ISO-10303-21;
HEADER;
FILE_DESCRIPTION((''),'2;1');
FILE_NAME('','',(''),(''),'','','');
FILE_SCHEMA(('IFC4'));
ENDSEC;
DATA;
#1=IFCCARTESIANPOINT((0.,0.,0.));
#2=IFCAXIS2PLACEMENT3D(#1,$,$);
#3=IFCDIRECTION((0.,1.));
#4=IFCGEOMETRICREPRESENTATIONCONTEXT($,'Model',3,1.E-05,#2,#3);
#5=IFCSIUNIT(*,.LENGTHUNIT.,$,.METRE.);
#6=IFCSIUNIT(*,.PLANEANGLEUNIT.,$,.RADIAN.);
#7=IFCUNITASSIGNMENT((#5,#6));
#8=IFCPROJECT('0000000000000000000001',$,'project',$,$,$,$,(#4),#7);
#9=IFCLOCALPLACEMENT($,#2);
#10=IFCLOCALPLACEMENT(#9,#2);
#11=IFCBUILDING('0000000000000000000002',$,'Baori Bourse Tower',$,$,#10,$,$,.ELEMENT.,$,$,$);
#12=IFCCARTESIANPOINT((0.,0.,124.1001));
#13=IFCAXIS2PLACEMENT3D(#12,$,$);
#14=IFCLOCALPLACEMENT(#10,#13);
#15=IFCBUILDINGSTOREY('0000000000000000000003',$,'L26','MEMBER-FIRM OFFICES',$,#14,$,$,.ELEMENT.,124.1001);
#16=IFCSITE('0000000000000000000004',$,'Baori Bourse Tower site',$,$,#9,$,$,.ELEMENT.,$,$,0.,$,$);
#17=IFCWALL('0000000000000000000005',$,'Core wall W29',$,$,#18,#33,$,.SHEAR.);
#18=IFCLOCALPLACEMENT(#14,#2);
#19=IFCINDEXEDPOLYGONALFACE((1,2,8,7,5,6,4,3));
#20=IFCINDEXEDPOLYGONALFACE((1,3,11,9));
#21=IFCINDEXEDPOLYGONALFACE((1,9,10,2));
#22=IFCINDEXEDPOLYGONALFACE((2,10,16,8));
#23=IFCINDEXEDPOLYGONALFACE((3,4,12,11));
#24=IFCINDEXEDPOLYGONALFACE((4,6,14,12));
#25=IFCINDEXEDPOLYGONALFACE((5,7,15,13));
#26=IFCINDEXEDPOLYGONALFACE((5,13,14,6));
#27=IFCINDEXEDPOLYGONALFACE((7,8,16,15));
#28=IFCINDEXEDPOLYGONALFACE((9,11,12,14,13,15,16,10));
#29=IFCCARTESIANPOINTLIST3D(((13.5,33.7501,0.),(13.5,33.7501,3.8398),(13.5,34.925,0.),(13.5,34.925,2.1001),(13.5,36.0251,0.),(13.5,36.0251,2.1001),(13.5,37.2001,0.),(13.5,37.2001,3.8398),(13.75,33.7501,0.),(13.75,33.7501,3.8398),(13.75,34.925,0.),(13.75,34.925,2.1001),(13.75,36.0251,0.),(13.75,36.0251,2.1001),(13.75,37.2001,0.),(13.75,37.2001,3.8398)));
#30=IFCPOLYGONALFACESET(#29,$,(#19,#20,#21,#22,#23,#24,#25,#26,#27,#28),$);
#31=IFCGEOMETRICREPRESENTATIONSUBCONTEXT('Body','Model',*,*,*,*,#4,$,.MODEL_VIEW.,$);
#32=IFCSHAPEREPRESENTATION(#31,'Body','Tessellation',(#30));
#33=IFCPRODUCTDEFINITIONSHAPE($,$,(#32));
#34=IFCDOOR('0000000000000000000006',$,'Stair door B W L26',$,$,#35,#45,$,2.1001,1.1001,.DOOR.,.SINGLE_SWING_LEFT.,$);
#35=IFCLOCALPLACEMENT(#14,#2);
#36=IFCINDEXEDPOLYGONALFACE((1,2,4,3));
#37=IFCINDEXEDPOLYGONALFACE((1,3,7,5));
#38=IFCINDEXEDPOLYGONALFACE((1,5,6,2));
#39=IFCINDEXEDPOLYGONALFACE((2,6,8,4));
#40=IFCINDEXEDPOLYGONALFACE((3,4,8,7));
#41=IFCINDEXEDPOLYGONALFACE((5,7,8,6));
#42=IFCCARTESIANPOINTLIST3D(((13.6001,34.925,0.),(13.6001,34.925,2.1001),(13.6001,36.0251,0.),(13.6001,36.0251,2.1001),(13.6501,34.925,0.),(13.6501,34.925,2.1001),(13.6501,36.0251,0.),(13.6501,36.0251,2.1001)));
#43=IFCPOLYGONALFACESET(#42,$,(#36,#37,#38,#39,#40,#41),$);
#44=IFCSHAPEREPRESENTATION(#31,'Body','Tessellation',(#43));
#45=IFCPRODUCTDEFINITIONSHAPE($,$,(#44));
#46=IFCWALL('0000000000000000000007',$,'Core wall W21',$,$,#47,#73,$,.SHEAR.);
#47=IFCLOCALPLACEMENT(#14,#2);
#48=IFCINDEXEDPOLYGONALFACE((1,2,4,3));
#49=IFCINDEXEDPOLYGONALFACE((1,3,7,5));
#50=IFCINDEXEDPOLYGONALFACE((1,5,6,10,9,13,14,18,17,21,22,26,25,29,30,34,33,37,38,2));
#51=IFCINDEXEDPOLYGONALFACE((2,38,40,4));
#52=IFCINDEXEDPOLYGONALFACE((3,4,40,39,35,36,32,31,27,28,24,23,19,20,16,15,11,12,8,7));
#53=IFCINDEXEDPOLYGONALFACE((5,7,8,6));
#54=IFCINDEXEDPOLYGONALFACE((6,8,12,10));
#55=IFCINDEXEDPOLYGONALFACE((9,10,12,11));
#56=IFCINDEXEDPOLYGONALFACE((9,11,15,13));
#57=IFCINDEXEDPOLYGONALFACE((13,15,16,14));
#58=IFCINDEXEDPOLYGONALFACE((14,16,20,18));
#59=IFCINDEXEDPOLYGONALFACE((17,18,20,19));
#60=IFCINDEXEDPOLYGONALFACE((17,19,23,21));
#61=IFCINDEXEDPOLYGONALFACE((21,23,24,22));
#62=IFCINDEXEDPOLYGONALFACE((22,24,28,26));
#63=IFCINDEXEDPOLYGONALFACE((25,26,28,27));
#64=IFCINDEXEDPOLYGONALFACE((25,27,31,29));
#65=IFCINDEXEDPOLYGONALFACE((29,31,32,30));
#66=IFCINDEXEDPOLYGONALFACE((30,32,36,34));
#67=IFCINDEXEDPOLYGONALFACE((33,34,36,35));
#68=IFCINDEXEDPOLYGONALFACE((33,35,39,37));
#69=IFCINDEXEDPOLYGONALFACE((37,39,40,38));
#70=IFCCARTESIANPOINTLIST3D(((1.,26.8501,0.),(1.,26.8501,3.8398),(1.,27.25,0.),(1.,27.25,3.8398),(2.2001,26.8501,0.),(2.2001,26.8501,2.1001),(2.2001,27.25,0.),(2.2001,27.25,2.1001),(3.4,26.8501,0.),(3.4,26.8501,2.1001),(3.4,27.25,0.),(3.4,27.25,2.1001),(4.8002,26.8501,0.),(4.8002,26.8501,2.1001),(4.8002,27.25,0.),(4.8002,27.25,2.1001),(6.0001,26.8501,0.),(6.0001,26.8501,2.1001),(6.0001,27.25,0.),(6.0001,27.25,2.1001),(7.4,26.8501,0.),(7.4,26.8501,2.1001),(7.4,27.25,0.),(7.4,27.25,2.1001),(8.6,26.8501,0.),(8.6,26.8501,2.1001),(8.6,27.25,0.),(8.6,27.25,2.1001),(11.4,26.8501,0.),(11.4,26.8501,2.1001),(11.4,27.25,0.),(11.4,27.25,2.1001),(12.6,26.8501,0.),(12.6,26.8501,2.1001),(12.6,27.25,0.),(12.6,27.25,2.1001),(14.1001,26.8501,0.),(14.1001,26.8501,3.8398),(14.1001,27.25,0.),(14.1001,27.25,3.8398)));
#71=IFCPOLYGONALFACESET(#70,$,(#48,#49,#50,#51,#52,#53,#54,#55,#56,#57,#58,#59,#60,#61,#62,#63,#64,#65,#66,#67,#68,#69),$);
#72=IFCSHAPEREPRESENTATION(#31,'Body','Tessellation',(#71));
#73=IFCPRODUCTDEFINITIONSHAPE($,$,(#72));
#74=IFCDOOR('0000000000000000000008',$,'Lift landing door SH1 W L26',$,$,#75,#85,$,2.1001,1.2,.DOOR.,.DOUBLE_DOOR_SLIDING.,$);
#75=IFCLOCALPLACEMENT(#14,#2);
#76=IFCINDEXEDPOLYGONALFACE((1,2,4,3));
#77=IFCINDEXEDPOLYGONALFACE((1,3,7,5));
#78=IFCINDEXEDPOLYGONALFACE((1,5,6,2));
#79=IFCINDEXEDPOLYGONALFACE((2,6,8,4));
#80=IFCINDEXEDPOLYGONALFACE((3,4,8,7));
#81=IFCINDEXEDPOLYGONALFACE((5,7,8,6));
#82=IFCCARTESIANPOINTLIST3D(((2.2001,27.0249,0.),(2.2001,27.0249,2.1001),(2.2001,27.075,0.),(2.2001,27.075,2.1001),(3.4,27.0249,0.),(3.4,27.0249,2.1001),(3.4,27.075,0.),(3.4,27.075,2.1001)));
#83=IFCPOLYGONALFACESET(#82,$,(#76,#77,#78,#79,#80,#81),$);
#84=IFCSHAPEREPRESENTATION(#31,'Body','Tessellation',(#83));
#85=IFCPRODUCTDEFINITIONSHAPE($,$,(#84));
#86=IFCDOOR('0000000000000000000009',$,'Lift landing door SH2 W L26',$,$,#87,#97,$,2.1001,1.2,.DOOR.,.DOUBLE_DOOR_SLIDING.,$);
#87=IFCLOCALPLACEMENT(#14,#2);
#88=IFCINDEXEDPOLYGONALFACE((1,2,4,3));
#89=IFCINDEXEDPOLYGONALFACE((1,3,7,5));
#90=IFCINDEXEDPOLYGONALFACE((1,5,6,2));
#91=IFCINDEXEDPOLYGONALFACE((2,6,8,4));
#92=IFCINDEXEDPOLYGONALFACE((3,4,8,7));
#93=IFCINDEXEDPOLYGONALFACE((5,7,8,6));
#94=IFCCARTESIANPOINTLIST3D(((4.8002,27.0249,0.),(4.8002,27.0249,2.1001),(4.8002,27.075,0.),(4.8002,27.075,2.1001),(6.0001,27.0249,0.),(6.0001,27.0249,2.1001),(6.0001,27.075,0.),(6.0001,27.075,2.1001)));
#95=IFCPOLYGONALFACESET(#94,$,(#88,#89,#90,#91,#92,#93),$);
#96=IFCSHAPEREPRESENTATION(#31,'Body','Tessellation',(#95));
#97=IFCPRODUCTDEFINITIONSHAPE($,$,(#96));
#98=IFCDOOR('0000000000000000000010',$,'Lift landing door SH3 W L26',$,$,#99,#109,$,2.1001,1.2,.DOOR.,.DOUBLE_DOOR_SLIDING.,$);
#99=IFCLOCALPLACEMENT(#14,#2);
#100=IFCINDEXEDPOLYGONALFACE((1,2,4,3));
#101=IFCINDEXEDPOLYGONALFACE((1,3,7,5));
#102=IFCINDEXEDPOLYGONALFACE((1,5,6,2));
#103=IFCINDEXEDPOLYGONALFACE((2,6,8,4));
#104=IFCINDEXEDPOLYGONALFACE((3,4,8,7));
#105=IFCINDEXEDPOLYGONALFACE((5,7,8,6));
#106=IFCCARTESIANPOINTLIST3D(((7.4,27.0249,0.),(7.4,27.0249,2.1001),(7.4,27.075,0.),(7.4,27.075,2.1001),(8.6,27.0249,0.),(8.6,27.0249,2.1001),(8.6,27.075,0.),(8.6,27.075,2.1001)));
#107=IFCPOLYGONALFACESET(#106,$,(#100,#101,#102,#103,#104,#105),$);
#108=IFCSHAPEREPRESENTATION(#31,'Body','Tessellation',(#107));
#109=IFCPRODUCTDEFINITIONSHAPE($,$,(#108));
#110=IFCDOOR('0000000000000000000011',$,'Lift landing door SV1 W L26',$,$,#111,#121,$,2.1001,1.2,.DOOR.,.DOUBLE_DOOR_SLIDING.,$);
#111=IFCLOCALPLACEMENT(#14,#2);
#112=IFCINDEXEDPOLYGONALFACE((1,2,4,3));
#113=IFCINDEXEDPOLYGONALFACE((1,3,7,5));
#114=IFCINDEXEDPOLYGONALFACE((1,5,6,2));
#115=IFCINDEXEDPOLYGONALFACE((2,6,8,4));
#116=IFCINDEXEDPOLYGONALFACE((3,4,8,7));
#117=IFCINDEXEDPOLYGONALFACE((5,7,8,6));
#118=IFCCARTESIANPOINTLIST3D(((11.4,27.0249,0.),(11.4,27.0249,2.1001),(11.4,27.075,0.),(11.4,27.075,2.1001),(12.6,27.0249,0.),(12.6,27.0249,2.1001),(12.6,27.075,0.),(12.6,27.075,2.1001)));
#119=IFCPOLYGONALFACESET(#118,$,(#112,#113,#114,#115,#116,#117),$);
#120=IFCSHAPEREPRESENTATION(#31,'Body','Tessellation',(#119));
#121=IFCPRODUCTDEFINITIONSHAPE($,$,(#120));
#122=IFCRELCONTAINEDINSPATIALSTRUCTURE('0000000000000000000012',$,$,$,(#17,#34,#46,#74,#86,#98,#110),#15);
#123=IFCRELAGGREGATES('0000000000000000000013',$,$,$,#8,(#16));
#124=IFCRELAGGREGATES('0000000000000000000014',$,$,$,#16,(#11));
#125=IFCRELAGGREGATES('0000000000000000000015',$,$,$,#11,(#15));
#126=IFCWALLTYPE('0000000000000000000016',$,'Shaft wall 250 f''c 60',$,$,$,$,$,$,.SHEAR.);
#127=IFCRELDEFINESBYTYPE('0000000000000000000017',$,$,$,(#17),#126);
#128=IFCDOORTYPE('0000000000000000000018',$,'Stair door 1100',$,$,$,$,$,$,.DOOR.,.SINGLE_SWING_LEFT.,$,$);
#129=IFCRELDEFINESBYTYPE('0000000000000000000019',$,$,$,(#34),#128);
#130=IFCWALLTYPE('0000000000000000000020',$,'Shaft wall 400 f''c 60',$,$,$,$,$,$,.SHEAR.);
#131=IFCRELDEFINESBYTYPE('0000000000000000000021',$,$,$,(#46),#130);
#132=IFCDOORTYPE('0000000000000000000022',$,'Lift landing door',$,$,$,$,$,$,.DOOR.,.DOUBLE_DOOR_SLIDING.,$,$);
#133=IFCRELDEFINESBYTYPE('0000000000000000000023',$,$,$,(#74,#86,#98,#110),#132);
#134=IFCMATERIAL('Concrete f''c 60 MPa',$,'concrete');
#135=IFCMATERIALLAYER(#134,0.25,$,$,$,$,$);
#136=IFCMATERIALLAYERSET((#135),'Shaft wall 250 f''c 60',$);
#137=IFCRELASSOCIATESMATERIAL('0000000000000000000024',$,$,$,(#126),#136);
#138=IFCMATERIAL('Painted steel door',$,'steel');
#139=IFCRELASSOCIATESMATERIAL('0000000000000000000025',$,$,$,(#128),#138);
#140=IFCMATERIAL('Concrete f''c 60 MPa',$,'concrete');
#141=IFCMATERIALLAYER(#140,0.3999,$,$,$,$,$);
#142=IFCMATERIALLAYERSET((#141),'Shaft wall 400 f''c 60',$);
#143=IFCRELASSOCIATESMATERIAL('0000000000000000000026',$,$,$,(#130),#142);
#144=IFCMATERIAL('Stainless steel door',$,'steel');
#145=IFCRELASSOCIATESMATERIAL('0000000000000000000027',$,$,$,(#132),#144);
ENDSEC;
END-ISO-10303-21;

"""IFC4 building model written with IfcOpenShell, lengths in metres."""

from ifc_helpers import new_model, si_unit, direction, frame, frame_2d, origin, place, context, subcontext, project, spatial, rectangle, extrude, material, layer, layer_set, type_object, element, fill, save


model = new_model("IFC4")

# Units and contexts
model_context = context("Model", 3, precision=1e-05, world=origin(), true_north=direction((0.0, 1.0)))
body_context = subcontext(model_context, "Body", "Model", "MODEL_VIEW")
ifc_project = project(units=[si_unit("LENGTHUNIT", "METRE"), si_unit("PLANEANGLEUNIT", "RADIAN")], contexts=[model_context])

# Site, building, storey
site_placement = place(None, origin())
site = spatial("IfcSite", under=ifc_project, at=site_placement, Name="Baori Bourse Tower site", CompositionType="ELEMENT", RefElevation=0.0)
building_placement = place(site_placement, origin())
building = spatial("IfcBuilding", under=site, at=building_placement, Name="Baori Bourse Tower", CompositionType="ELEMENT")
storey_placement = place(building_placement, frame((0.0, 0.0, 124.1001)))
storey = spatial("IfcBuildingStorey", under=building, at=storey_placement, Name="L26", Description="MEMBER-FIRM OFFICES", CompositionType="ELEMENT", Elevation=124.1001)

# Wall, opening, door
ifc_material_1 = material(Name="Concrete f'c 60 MPa", Category="concrete")
ifc_layer_1 = layer(ifc_material_1, 0.25)
ifc_layer_set_1 = layer_set([ifc_layer_1], Name="Shaft wall 250 f'c 60")
wall_type_1 = type_object("IfcWallType", Name="Shaft wall 250 f'c 60", PredefinedType="SHEAR", material=ifc_layer_set_1)
wall_1_placement = place(storey_placement, frame((13.625, 33.75, 0.0), z_axis=(0.0, 0.0, 1.0), x_axis=(0.0, 1.0, 0.0)))
wall_1 = element("IfcWall", 1, at=wall_1_placement, inside=storey, type_object=wall_type_1, Name="Core wall W29", PredefinedType="SHEAR", context=body_context, shape_type="SweptSolid", body=[
    extrude(rectangle(XDim=3.45, YDim=0.25, at=frame_2d((1.7251, 0.0))), origin(), (0.0, 0.0, 1.0), 3.8398),
])
opening_1_placement = place(wall_1_placement, frame((1.175, 0.0, 0.0)))
opening_1 = element("IfcOpeningElement", 2, at=opening_1_placement, cuts=wall_1, PredefinedType="OPENING", context=body_context, shape_type="SweptSolid", body=[
    extrude(rectangle(XDim=1.1001, YDim=2.1001, at=frame_2d((0.55, 1.05))), frame((0.0, 0.135, 0.0), z_axis=(0.0, -1.0, 0.0), x_axis=(1.0, 0.0, 0.0)), (0.0, 0.0, 1.0), 0.27),
])
ifc_material_2 = material(Name="Painted steel door", Category="steel")
door_type_1 = type_object("IfcDoorType", Name="Stair door 1100", OperationType="SINGLE_SWING_LEFT", PredefinedType="DOOR", material=ifc_material_2)
door_1_placement = place(opening_1_placement, origin())
door_1 = element("IfcDoor", 3, at=door_1_placement, inside=storey, type_object=door_type_1, Name="Stair door B W L26", OperationType="SINGLE_SWING_LEFT", OverallHeight=2.1001, OverallWidth=1.1001, PredefinedType="DOOR", context=body_context, shape_type="SweptSolid", body=[
    extrude(rectangle(XDim=1.1001, YDim=2.1001, at=frame_2d((0.55, 1.05))), frame((0.0, 0.0249, 0.0), z_axis=(0.0, -1.0, 0.0), x_axis=(1.0, 0.0, 0.0)), (0.0, 0.0, 1.0), 0.05),
])
fill(opening_1, door_1)

# Wall, openings, doors
ifc_material_3 = material(Name="Concrete f'c 60 MPa", Category="concrete")
ifc_layer_2 = layer(ifc_material_3, 0.3999)
ifc_layer_set_2 = layer_set([ifc_layer_2], Name="Shaft wall 400 f'c 60")
wall_type_2 = type_object("IfcWallType", Name="Shaft wall 400 f'c 60", PredefinedType="SHEAR", material=ifc_layer_set_2)
wall_2_placement = place(storey_placement, frame((1.0, 27.05, 0.0), z_axis=(0.0, 0.0, 1.0), x_axis=(1.0, 0.0, 0.0)))
wall_2 = element("IfcWall", 4, at=wall_2_placement, inside=storey, type_object=wall_type_2, Name="Core wall W21", PredefinedType="SHEAR", context=body_context, shape_type="SweptSolid", body=[
    extrude(rectangle(XDim=13.1001, YDim=0.3999, at=frame_2d((6.55, 0.0))), origin(), (0.0, 0.0, 1.0), 3.8398),
])
opening_2_placement = place(wall_2_placement, frame((1.2, 0.0, 0.0)))
opening_2 = element("IfcOpeningElement", 5, at=opening_2_placement, cuts=wall_2, PredefinedType="OPENING", context=body_context, shape_type="SweptSolid", body=[
    extrude(rectangle(XDim=1.2, YDim=2.1001, at=frame_2d((0.6001, 1.05))), frame((0.0, 0.21, 0.0), z_axis=(0.0, -1.0, 0.0), x_axis=(1.0, 0.0, 0.0)), (0.0, 0.0, 1.0), 0.4199),
])
opening_3_placement = place(wall_2_placement, frame((3.8, 0.0, 0.0)))
opening_3 = element("IfcOpeningElement", 6, at=opening_3_placement, cuts=wall_2, PredefinedType="OPENING", context=body_context, shape_type="SweptSolid", body=[
    extrude(rectangle(XDim=1.2, YDim=2.1001, at=frame_2d((0.6001, 1.05))), frame((0.0, 0.21, 0.0), z_axis=(0.0, -1.0, 0.0), x_axis=(1.0, 0.0, 0.0)), (0.0, 0.0, 1.0), 0.4199),
])
opening_4_placement = place(wall_2_placement, frame((6.3999, 0.0, 0.0)))
opening_4 = element("IfcOpeningElement", 7, at=opening_4_placement, cuts=wall_2, PredefinedType="OPENING", context=body_context, shape_type="SweptSolid", body=[
    extrude(rectangle(XDim=1.2, YDim=2.1001, at=frame_2d((0.6001, 1.05))), frame((0.0, 0.21, 0.0), z_axis=(0.0, -1.0, 0.0), x_axis=(1.0, 0.0, 0.0)), (0.0, 0.0, 1.0), 0.4199),
])
opening_5_placement = place(wall_2_placement, frame((10.3999, 0.0, 0.0)))
opening_5 = element("IfcOpeningElement", 8, at=opening_5_placement, cuts=wall_2, PredefinedType="OPENING", context=body_context, shape_type="SweptSolid", body=[
    extrude(rectangle(XDim=1.2, YDim=2.1001, at=frame_2d((0.6001, 1.05))), frame((0.0, 0.21, 0.0), z_axis=(0.0, -1.0, 0.0), x_axis=(1.0, 0.0, 0.0)), (0.0, 0.0, 1.0), 0.4199),
])
ifc_material_4 = material(Name="Stainless steel door", Category="steel")
door_type_2 = type_object("IfcDoorType", Name="Lift landing door", OperationType="DOUBLE_DOOR_SLIDING", PredefinedType="DOOR", material=ifc_material_4)
door_2_placement = place(opening_2_placement, origin())
door_2 = element("IfcDoor", 9, at=door_2_placement, inside=storey, type_object=door_type_2, Name="Lift landing door SH1 W L26", OperationType="DOUBLE_DOOR_SLIDING", OverallHeight=2.1001, OverallWidth=1.2, PredefinedType="DOOR", context=body_context, shape_type="SweptSolid", body=[
    extrude(rectangle(XDim=1.2, YDim=2.1001, at=frame_2d((0.6001, 1.05))), frame((0.0, 0.0249, 0.0), z_axis=(0.0, -1.0, 0.0), x_axis=(1.0, 0.0, 0.0)), (0.0, 0.0, 1.0), 0.05),
])
fill(opening_2, door_2)
door_3_placement = place(opening_3_placement, origin())
door_3 = element("IfcDoor", 10, at=door_3_placement, inside=storey, type_object=door_type_2, Name="Lift landing door SH2 W L26", OperationType="DOUBLE_DOOR_SLIDING", OverallHeight=2.1001, OverallWidth=1.2, PredefinedType="DOOR", context=body_context, shape_type="SweptSolid", body=[
    extrude(rectangle(XDim=1.2, YDim=2.1001, at=frame_2d((0.6001, 1.05))), frame((0.0, 0.0249, 0.0), z_axis=(0.0, -1.0, 0.0), x_axis=(1.0, 0.0, 0.0)), (0.0, 0.0, 1.0), 0.05),
])
fill(opening_3, door_3)
door_4_placement = place(opening_4_placement, origin())
door_4 = element("IfcDoor", 11, at=door_4_placement, inside=storey, type_object=door_type_2, Name="Lift landing door SH3 W L26", OperationType="DOUBLE_DOOR_SLIDING", OverallHeight=2.1001, OverallWidth=1.2, PredefinedType="DOOR", context=body_context, shape_type="SweptSolid", body=[
    extrude(rectangle(XDim=1.2, YDim=2.1001, at=frame_2d((0.6001, 1.05))), frame((0.0, 0.0249, 0.0), z_axis=(0.0, -1.0, 0.0), x_axis=(1.0, 0.0, 0.0)), (0.0, 0.0, 1.0), 0.05),
])
fill(opening_4, door_4)
door_5_placement = place(opening_5_placement, origin())
door_5 = element("IfcDoor", 12, at=door_5_placement, inside=storey, type_object=door_type_2, Name="Lift landing door SV1 W L26", OperationType="DOUBLE_DOOR_SLIDING", OverallHeight=2.1001, OverallWidth=1.2, PredefinedType="DOOR", context=body_context, shape_type="SweptSolid", body=[
    extrude(rectangle(XDim=1.2, YDim=2.1001, at=frame_2d((0.6001, 1.05))), frame((0.0, 0.0249, 0.0), z_axis=(0.0, -1.0, 0.0), x_axis=(1.0, 0.0, 0.0)), (0.0, 0.0, 1.0), 0.05),
])
fill(opening_5, door_5)

save(model, "model.ifc")
